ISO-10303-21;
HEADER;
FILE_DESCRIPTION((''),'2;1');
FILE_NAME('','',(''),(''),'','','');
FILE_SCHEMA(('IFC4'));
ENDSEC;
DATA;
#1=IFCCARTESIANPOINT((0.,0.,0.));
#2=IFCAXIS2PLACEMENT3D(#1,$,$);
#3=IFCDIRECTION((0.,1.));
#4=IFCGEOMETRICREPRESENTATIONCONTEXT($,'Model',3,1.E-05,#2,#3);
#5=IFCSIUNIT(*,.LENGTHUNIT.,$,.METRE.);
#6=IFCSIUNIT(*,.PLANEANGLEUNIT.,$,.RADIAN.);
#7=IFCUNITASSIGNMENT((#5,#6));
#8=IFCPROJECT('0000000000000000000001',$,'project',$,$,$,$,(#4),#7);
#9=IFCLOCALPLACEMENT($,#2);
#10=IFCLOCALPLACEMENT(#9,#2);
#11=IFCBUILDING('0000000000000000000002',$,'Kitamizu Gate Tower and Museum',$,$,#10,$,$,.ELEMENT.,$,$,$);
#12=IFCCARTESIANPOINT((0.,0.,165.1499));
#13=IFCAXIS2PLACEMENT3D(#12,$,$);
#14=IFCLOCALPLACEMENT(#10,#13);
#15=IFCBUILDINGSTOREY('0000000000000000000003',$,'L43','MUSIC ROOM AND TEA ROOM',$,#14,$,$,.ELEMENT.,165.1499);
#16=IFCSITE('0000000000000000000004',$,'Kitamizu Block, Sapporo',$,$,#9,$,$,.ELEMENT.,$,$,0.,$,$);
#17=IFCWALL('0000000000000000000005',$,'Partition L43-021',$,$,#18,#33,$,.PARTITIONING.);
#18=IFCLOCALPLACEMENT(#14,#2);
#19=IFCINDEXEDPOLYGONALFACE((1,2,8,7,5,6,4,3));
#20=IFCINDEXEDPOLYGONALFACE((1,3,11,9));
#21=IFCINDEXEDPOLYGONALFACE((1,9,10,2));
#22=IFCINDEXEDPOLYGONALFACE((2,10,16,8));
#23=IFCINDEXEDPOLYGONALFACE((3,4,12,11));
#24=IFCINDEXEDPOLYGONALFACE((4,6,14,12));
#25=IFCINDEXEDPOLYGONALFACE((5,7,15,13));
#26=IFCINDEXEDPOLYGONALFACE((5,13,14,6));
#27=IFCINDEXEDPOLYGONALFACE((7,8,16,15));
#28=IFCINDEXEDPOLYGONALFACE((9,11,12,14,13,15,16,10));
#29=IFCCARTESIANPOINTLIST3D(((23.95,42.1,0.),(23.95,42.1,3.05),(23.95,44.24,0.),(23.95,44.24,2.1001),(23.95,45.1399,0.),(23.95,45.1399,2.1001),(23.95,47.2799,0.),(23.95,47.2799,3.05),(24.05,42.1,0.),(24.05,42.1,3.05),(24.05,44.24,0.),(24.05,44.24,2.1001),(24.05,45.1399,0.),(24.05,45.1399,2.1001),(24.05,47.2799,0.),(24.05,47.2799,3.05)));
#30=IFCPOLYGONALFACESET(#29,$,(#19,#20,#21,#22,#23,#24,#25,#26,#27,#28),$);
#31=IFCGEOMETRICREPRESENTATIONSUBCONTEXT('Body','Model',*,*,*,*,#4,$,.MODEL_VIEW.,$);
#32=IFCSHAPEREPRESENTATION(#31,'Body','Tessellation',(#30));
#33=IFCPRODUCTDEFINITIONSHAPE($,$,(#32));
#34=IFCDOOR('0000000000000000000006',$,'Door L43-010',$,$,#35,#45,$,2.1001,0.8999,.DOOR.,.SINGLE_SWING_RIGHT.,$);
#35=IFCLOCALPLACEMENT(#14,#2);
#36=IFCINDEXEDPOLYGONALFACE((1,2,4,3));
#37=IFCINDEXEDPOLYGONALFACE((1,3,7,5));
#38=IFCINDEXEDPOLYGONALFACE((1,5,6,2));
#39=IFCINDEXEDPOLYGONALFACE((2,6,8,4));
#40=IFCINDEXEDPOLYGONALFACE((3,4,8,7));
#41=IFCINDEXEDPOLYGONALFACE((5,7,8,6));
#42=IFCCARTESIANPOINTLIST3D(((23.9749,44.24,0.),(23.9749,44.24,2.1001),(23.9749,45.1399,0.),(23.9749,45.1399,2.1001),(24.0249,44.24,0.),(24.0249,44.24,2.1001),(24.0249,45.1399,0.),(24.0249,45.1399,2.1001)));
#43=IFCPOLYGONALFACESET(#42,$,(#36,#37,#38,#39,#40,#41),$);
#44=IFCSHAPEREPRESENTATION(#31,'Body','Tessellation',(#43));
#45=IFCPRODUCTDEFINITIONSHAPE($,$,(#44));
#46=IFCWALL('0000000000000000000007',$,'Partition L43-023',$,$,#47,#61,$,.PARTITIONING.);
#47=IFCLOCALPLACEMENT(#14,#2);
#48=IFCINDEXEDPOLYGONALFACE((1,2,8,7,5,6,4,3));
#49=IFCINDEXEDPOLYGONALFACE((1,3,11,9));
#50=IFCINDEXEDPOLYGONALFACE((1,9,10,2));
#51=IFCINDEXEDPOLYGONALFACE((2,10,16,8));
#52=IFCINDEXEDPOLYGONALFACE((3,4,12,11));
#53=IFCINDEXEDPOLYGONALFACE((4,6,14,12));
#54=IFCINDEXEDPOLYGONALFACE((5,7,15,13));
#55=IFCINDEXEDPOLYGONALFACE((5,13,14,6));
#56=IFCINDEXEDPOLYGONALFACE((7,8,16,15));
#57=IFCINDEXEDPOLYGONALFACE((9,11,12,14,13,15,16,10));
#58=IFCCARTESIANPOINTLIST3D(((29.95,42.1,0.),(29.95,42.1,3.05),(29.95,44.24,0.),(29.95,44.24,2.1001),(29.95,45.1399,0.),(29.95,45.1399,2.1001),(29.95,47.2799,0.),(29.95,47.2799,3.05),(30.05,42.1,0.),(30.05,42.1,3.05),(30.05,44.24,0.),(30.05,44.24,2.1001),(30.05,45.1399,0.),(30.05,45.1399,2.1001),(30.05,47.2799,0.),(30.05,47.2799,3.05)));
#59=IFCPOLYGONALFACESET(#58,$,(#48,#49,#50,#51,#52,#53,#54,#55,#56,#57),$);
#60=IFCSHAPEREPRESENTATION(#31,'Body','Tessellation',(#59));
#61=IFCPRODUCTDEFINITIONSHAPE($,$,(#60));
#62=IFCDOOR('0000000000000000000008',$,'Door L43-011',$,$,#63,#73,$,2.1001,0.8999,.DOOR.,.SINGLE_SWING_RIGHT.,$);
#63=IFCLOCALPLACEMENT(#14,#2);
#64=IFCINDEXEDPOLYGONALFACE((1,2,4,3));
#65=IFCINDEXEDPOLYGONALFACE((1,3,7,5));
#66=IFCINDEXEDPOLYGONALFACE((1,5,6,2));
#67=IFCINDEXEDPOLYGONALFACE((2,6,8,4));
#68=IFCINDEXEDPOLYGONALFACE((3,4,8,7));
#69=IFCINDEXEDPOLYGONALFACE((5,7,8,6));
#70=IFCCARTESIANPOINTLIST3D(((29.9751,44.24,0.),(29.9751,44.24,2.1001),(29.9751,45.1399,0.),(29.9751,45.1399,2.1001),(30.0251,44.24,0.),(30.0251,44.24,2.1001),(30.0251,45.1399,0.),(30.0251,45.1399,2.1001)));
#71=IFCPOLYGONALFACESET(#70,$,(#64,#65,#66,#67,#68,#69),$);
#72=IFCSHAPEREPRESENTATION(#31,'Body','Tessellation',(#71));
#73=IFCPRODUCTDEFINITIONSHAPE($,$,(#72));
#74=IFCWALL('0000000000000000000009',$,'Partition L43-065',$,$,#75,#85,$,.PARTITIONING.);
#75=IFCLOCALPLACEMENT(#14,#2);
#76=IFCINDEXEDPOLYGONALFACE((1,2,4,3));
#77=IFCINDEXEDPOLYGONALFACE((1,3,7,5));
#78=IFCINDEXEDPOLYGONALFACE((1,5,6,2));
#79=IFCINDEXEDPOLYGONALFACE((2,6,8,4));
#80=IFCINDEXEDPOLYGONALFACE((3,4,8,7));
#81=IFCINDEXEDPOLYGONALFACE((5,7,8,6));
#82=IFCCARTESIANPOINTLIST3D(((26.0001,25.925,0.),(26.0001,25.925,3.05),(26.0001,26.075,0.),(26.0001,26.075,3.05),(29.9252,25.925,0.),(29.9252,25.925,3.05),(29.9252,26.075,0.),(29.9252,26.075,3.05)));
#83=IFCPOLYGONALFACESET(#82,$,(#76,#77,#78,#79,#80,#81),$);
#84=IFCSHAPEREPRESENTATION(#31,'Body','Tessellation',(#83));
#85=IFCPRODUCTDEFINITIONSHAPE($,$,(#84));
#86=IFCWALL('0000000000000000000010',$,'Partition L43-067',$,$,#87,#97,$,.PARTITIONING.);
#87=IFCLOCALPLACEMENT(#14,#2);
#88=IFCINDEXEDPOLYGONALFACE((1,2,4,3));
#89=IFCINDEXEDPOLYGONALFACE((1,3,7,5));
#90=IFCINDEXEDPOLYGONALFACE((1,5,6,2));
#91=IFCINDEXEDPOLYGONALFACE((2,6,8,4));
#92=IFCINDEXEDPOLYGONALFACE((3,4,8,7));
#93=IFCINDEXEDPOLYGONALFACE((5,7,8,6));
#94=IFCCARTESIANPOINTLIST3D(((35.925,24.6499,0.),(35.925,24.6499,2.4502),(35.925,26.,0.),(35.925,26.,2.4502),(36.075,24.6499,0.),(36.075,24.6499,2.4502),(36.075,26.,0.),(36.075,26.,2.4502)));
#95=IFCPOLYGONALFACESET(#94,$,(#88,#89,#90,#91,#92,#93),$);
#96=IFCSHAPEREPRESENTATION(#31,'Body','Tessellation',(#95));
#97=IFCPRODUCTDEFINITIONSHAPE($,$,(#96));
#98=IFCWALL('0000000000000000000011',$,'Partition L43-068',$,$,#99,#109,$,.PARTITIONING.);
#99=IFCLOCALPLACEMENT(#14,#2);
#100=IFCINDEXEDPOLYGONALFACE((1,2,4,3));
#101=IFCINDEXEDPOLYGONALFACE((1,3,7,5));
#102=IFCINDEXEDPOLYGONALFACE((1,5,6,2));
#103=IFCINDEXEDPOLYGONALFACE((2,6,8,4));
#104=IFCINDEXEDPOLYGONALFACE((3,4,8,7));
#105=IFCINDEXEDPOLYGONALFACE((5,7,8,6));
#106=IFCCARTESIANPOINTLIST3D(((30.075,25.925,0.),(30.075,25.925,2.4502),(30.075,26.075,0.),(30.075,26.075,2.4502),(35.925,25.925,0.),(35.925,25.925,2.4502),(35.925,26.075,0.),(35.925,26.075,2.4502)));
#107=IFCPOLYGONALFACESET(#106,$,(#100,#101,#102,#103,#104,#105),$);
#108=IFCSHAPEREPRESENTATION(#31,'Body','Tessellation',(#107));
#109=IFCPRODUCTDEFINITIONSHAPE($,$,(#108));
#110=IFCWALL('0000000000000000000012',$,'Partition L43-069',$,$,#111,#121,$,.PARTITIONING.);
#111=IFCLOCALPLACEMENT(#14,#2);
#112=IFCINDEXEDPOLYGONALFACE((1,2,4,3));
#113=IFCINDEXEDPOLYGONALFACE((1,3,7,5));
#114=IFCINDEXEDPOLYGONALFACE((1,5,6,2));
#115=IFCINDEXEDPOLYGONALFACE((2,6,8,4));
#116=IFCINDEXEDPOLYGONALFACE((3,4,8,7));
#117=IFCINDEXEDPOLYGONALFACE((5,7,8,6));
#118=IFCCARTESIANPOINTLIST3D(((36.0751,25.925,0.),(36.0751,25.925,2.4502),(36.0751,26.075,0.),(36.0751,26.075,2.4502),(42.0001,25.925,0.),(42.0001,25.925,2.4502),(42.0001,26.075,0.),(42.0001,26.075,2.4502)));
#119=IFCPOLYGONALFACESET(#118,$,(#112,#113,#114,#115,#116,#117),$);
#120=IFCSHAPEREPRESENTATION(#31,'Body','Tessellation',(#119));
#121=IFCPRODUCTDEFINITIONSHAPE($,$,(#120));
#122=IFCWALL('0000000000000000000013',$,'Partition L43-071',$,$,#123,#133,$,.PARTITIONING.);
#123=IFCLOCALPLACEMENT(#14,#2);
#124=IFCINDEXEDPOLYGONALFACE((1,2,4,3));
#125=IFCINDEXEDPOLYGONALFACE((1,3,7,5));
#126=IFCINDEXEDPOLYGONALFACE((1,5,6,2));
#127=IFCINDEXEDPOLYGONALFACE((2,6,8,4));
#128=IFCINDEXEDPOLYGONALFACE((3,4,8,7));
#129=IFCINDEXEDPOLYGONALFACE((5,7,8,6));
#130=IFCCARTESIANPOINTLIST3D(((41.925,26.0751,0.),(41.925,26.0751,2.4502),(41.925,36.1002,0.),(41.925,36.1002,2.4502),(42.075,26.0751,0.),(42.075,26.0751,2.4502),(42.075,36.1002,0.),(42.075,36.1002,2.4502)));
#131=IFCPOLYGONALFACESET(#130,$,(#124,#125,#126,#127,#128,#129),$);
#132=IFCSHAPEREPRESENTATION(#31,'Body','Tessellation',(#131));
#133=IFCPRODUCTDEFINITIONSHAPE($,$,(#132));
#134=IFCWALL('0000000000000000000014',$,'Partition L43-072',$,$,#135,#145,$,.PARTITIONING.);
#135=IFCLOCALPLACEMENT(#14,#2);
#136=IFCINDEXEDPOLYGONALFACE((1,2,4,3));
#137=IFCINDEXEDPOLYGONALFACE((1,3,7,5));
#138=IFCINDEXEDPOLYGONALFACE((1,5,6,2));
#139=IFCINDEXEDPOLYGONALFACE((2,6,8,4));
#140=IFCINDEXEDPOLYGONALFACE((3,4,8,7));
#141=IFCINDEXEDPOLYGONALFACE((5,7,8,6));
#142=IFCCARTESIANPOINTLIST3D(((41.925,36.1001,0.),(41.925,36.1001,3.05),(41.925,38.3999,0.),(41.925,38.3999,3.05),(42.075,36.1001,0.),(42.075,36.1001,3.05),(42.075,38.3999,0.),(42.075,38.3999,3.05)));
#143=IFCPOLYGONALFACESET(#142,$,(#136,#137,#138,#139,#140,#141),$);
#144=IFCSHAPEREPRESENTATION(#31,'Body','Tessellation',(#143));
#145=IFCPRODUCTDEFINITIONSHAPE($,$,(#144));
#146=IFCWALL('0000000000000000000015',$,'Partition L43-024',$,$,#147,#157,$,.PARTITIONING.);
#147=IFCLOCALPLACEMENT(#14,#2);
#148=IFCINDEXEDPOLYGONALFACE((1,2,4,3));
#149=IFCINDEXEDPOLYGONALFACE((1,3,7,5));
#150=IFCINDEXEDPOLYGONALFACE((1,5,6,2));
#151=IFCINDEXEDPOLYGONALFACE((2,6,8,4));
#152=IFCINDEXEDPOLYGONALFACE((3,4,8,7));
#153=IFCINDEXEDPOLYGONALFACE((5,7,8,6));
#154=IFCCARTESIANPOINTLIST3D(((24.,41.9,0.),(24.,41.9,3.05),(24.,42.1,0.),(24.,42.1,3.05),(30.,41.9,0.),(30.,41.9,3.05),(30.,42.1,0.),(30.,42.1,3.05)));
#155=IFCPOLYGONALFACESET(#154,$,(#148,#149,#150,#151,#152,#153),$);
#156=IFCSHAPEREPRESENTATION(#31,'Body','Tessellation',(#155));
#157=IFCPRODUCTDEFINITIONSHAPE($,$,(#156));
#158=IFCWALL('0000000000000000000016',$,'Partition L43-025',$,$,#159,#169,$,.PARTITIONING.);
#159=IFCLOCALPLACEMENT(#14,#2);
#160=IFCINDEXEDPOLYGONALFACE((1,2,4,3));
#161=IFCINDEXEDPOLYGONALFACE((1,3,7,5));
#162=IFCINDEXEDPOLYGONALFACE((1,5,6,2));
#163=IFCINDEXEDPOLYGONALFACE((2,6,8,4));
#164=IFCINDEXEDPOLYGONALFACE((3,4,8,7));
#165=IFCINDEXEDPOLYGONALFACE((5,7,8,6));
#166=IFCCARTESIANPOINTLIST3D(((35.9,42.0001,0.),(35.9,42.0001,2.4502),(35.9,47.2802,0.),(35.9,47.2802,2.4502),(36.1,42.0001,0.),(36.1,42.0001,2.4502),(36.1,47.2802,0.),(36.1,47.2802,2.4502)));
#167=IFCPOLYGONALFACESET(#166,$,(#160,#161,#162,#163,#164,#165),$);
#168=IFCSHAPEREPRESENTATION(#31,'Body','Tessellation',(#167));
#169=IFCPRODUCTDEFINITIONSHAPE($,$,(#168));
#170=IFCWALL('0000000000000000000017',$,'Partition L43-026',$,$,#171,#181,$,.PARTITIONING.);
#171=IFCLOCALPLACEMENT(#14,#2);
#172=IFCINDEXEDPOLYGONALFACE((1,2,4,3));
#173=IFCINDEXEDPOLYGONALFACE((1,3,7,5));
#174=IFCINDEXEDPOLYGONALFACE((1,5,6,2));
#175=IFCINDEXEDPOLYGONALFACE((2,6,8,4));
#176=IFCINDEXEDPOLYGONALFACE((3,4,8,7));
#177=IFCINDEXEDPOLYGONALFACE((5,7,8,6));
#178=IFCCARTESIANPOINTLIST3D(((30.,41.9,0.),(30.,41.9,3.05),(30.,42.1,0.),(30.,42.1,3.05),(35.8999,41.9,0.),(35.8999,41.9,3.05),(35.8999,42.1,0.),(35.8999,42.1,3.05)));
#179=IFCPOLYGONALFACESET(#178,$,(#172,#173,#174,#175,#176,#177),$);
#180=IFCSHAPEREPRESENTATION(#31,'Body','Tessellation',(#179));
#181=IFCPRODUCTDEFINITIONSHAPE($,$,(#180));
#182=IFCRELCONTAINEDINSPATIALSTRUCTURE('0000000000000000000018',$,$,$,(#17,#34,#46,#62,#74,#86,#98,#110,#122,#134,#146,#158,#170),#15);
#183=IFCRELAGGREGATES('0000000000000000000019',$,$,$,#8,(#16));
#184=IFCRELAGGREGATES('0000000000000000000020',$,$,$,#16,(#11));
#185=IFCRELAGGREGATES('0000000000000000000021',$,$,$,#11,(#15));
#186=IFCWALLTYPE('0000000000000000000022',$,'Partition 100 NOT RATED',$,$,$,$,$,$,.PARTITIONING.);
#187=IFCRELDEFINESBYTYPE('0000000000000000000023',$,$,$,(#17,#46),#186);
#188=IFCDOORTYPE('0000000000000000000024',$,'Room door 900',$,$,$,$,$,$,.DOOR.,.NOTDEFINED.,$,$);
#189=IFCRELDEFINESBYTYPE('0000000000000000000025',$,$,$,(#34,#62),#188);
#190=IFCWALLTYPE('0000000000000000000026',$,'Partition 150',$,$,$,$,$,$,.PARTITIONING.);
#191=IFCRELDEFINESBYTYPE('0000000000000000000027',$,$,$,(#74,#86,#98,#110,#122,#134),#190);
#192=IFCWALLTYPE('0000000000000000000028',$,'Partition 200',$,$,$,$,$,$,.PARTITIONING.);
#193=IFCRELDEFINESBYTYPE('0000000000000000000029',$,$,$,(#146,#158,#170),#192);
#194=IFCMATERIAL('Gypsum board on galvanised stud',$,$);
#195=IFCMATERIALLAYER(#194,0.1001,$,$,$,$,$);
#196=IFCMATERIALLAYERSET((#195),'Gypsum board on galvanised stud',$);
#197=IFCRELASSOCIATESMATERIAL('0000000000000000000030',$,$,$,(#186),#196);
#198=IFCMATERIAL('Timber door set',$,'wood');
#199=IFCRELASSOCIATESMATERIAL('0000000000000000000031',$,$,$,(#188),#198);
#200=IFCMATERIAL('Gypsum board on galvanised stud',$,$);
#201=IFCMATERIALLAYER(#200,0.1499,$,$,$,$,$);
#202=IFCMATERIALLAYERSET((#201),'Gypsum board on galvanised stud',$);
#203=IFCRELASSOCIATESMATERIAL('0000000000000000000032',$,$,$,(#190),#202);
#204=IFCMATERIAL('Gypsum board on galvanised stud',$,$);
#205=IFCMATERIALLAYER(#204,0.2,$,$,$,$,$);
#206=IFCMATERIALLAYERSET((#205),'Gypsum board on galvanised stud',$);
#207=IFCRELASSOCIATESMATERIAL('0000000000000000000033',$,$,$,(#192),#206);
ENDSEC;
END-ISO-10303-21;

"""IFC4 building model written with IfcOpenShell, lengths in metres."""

from ifc_helpers import new_model, si_unit, direction, frame, frame_2d, origin, place, context, subcontext, project, spatial, rectangle, extrude, material, layer, layer_set, type_object, element, fill, save


model = new_model("IFC4")

# Units and contexts
model_context = context("Model", 3, precision=1e-05, world=origin(), true_north=direction((0.0, 1.0)))
body_context = subcontext(model_context, "Body", "Model", "MODEL_VIEW")
ifc_project = project(units=[si_unit("LENGTHUNIT", "METRE"), si_unit("PLANEANGLEUNIT", "RADIAN")], contexts=[model_context])

# Site, building, storey
site_placement = place(None, origin())
site = spatial("IfcSite", under=ifc_project, at=site_placement, Name="Kitamizu Block, Sapporo", CompositionType="ELEMENT", RefElevation=0.0)
building_placement = place(site_placement, origin())
building = spatial("IfcBuilding", under=site, at=building_placement, Name="Kitamizu Gate Tower and Museum", CompositionType="ELEMENT")
storey_placement = place(building_placement, frame((0.0, 0.0, 165.1499)))
storey = spatial("IfcBuildingStorey", under=building, at=storey_placement, Name="L43", Description="MUSIC ROOM AND TEA ROOM", CompositionType="ELEMENT", Elevation=165.1499)

# Walls, openings, doors
ifc_material_1 = material(Name="Gypsum board on galvanised stud")
ifc_layer_1 = layer(ifc_material_1, 0.1001)
ifc_layer_set_1 = layer_set([ifc_layer_1], Name="Gypsum board on galvanised stud")
wall_type_1 = type_object("IfcWallType", Name="Partition 100 NOT RATED", PredefinedType="PARTITIONING", material=ifc_layer_set_1)
wall_1_placement = place(storey_placement, frame((24.0, 42.1001, 0.0), z_axis=(0.0, 0.0, 1.0), x_axis=(0.0, 1.0, 0.0)))
wall_1 = element("IfcWall", 1, at=wall_1_placement, inside=storey, type_object=wall_type_1, Name="Partition L43-021", PredefinedType="PARTITIONING", context=body_context, shape_type="SweptSolid", body=[
    extrude(rectangle(XDim=5.1799, YDim=0.1001, at=frame_2d((2.5898, 0.0))), origin(), (0.0, 0.0, 1.0), 3.05),
])
opening_1_placement = place(wall_1_placement, frame((2.1399, 0.0, 0.0)))
opening_1 = element("IfcOpeningElement", 2, at=opening_1_placement, cuts=wall_1, PredefinedType="OPENING", context=body_context, shape_type="SweptSolid", body=[
    extrude(rectangle(XDim=0.8999, YDim=2.1001, at=frame_2d((0.45, 1.05))), frame((0.0, 0.0601, 0.0), z_axis=(0.0, -1.0, 0.0), x_axis=(1.0, 0.0, 0.0)), (0.0, 0.0, 1.0), 0.1201),
])
ifc_material_2 = material(Name="Timber door set", Category="wood")
door_type_1 = type_object("IfcDoorType", Name="Room door 900", OperationType="NOTDEFINED", PredefinedType="DOOR", material=ifc_material_2)
door_1_placement = place(opening_1_placement, frame((0.8999, 0.0, 0.0), x_axis=(-1.0, 0.0, 0.0)))
door_1 = element("IfcDoor", 3, at=door_1_placement, inside=storey, type_object=door_type_1, Name="Door L43-010", OperationType="SINGLE_SWING_RIGHT", OverallHeight=2.1001, OverallWidth=0.8999, PredefinedType="DOOR", context=body_context, shape_type="SweptSolid", body=[
    extrude(rectangle(XDim=0.8999, YDim=2.1001, at=frame_2d((0.45, 1.05))), frame((0.0, 0.0249, 0.0), z_axis=(0.0, -1.0, 0.0), x_axis=(1.0, 0.0, 0.0)), (0.0, 0.0, 1.0), 0.05),
])
fill(opening_1, door_1)
wall_2_placement = place(storey_placement, frame((30.0, 42.1001, 0.0), z_axis=(0.0, 0.0, 1.0), x_axis=(0.0, 1.0, 0.0)))
wall_2 = element("IfcWall", 4, at=wall_2_placement, inside=storey, type_object=wall_type_1, Name="Partition L43-023", PredefinedType="PARTITIONING", context=body_context, shape_type="SweptSolid", body=[
    extrude(rectangle(XDim=5.1799, YDim=0.1001, at=frame_2d((2.5898, 0.0))), origin(), (0.0, 0.0, 1.0), 3.05),
])
opening_2_placement = place(wall_2_placement, frame((2.1399, 0.0, 0.0)))
opening_2 = element("IfcOpeningElement", 5, at=opening_2_placement, cuts=wall_2, PredefinedType="OPENING", context=body_context, shape_type="SweptSolid", body=[
    extrude(rectangle(XDim=0.8999, YDim=2.1001, at=frame_2d((0.45, 1.05))), frame((0.0, 0.0601, 0.0), z_axis=(0.0, -1.0, 0.0), x_axis=(1.0, 0.0, 0.0)), (0.0, 0.0, 1.0), 0.1201),
])
door_2_placement = place(opening_2_placement, origin())
door_2 = element("IfcDoor", 6, at=door_2_placement, inside=storey, type_object=door_type_1, Name="Door L43-011", OperationType="SINGLE_SWING_RIGHT", OverallHeight=2.1001, OverallWidth=0.8999, PredefinedType="DOOR", context=body_context, shape_type="SweptSolid", body=[
    extrude(rectangle(XDim=0.8999, YDim=2.1001, at=frame_2d((0.45, 1.05))), frame((0.0, 0.0249, 0.0), z_axis=(0.0, -1.0, 0.0), x_axis=(1.0, 0.0, 0.0)), (0.0, 0.0, 1.0), 0.05),
])
fill(opening_2, door_2)

# Walls
ifc_material_3 = material(Name="Gypsum board on galvanised stud")
ifc_layer_2 = layer(ifc_material_3, 0.1499)
ifc_layer_set_2 = layer_set([ifc_layer_2], Name="Gypsum board on galvanised stud")
wall_type_2 = type_object("IfcWallType", Name="Partition 150", PredefinedType="PARTITIONING", material=ifc_layer_set_2)
wall_3_placement = place(storey_placement, frame((29.925, 26.0, 0.0), z_axis=(0.0, 0.0, 1.0), x_axis=(-1.0, 0.0, 0.0)))
element("IfcWall", 7, at=wall_3_placement, inside=storey, type_object=wall_type_2, Name="Partition L43-065", PredefinedType="PARTITIONING", context=body_context, shape_type="SweptSolid", body=[
    extrude(rectangle(XDim=3.925, YDim=0.1499, at=frame_2d((1.9624, 0.0))), origin(), (0.0, 0.0, 1.0), 3.05),
])
wall_4_placement = place(storey_placement, frame((36.0, 24.6499, 0.0), z_axis=(0.0, 0.0, 1.0), x_axis=(0.0, 1.0, 0.0)))
element("IfcWall", 8, at=wall_4_placement, inside=storey, type_object=wall_type_2, Name="Partition L43-067", PredefinedType="PARTITIONING", context=body_context, shape_type="SweptSolid", body=[
    extrude(rectangle(XDim=1.3501, YDim=0.1499, at=frame_2d((0.675, 0.0))), origin(), (0.0, 0.0, 1.0), 2.4502),
])
wall_5_placement = place(storey_placement, frame((35.925, 26.0, 0.0), z_axis=(0.0, 0.0, 1.0), x_axis=(-1.0, 0.0, 0.0)))
element("IfcWall", 9, at=wall_5_placement, inside=storey, type_object=wall_type_2, Name="Partition L43-068", PredefinedType="PARTITIONING", context=body_context, shape_type="SweptSolid", body=[
    extrude(rectangle(XDim=5.8501, YDim=0.1499, at=frame_2d((2.925, 0.0))), origin(), (0.0, 0.0, 1.0), 2.4502),
])
wall_6_placement = place(storey_placement, frame((42.0, 26.0, 0.0), z_axis=(0.0, 0.0, 1.0), x_axis=(-1.0, 0.0, 0.0)))
element("IfcWall", 10, at=wall_6_placement, inside=storey, type_object=wall_type_2, Name="Partition L43-069", PredefinedType="PARTITIONING", context=body_context, shape_type="SweptSolid", body=[
    extrude(rectangle(XDim=5.925, YDim=0.1499, at=frame_2d((2.9624, 0.0))), origin(), (0.0, 0.0, 1.0), 2.4502),
])
wall_7_placement = place(storey_placement, frame((42.0, 26.075, 0.0), z_axis=(0.0, 0.0, 1.0), x_axis=(0.0, 1.0, 0.0)))
element("IfcWall", 11, at=wall_7_placement, inside=storey, type_object=wall_type_2, Name="Partition L43-071", PredefinedType="PARTITIONING", context=body_context, shape_type="SweptSolid", body=[
    extrude(rectangle(XDim=10.0251, YDim=0.1499, at=frame_2d((5.0127, 0.0))), origin(), (0.0, 0.0, 1.0), 2.4502),
])
wall_8_placement = place(storey_placement, frame((42.0, 36.1001, 0.0), z_axis=(0.0, 0.0, 1.0), x_axis=(0.0, 1.0, 0.0)))
element("IfcWall", 12, at=wall_8_placement, inside=storey, type_object=wall_type_2, Name="Partition L43-072", PredefinedType="PARTITIONING", context=body_context, shape_type="SweptSolid", body=[
    extrude(rectangle(XDim=2.2998, YDim=0.1499, at=frame_2d((1.1499, 0.0))), origin(), (0.0, 0.0, 1.0), 3.05),
])
ifc_material_4 = material(Name="Gypsum board on galvanised stud")
ifc_layer_3 = layer(ifc_material_4, 0.2)
ifc_layer_set_3 = layer_set([ifc_layer_3], Name="Gypsum board on galvanised stud")
wall_type_3 = type_object("IfcWallType", Name="Partition 200", PredefinedType="PARTITIONING", material=ifc_layer_set_3)
wall_9_placement = place(storey_placement, frame((24.0, 42.0, 0.0), z_axis=(0.0, 0.0, 1.0), x_axis=(1.0, 0.0, 0.0)))
element("IfcWall", 13, at=wall_9_placement, inside=storey, type_object=wall_type_3, Name="Partition L43-024", PredefinedType="PARTITIONING", context=body_context, shape_type="SweptSolid", body=[
    extrude(rectangle(XDim=6.0, YDim=0.2, at=frame_2d((3.0, 0.0))), origin(), (0.0, 0.0, 1.0), 3.05),
])
wall_10_placement = place(storey_placement, frame((36.0, 42.0, 0.0), z_axis=(0.0, 0.0, 1.0), x_axis=(0.0, 1.0, 0.0)))
element("IfcWall", 14, at=wall_10_placement, inside=storey, type_object=wall_type_3, Name="Partition L43-025", PredefinedType="PARTITIONING", context=body_context, shape_type="SweptSolid", body=[
    extrude(rectangle(XDim=5.28, YDim=0.2, at=frame_2d((2.6401, 0.0))), origin(), (0.0, 0.0, 1.0), 2.4502),
])
wall_11_placement = place(storey_placement, frame((30.0, 42.0, 0.0), z_axis=(0.0, 0.0, 1.0), x_axis=(1.0, 0.0, 0.0)))
element("IfcWall", 15, at=wall_11_placement, inside=storey, type_object=wall_type_3, Name="Partition L43-026", PredefinedType="PARTITIONING", context=body_context, shape_type="SweptSolid", body=[
    extrude(rectangle(XDim=5.8999, YDim=0.2, at=frame_2d((2.95, 0.0))), origin(), (0.0, 0.0, 1.0), 3.05),
])

save(model, "model.ifc")
